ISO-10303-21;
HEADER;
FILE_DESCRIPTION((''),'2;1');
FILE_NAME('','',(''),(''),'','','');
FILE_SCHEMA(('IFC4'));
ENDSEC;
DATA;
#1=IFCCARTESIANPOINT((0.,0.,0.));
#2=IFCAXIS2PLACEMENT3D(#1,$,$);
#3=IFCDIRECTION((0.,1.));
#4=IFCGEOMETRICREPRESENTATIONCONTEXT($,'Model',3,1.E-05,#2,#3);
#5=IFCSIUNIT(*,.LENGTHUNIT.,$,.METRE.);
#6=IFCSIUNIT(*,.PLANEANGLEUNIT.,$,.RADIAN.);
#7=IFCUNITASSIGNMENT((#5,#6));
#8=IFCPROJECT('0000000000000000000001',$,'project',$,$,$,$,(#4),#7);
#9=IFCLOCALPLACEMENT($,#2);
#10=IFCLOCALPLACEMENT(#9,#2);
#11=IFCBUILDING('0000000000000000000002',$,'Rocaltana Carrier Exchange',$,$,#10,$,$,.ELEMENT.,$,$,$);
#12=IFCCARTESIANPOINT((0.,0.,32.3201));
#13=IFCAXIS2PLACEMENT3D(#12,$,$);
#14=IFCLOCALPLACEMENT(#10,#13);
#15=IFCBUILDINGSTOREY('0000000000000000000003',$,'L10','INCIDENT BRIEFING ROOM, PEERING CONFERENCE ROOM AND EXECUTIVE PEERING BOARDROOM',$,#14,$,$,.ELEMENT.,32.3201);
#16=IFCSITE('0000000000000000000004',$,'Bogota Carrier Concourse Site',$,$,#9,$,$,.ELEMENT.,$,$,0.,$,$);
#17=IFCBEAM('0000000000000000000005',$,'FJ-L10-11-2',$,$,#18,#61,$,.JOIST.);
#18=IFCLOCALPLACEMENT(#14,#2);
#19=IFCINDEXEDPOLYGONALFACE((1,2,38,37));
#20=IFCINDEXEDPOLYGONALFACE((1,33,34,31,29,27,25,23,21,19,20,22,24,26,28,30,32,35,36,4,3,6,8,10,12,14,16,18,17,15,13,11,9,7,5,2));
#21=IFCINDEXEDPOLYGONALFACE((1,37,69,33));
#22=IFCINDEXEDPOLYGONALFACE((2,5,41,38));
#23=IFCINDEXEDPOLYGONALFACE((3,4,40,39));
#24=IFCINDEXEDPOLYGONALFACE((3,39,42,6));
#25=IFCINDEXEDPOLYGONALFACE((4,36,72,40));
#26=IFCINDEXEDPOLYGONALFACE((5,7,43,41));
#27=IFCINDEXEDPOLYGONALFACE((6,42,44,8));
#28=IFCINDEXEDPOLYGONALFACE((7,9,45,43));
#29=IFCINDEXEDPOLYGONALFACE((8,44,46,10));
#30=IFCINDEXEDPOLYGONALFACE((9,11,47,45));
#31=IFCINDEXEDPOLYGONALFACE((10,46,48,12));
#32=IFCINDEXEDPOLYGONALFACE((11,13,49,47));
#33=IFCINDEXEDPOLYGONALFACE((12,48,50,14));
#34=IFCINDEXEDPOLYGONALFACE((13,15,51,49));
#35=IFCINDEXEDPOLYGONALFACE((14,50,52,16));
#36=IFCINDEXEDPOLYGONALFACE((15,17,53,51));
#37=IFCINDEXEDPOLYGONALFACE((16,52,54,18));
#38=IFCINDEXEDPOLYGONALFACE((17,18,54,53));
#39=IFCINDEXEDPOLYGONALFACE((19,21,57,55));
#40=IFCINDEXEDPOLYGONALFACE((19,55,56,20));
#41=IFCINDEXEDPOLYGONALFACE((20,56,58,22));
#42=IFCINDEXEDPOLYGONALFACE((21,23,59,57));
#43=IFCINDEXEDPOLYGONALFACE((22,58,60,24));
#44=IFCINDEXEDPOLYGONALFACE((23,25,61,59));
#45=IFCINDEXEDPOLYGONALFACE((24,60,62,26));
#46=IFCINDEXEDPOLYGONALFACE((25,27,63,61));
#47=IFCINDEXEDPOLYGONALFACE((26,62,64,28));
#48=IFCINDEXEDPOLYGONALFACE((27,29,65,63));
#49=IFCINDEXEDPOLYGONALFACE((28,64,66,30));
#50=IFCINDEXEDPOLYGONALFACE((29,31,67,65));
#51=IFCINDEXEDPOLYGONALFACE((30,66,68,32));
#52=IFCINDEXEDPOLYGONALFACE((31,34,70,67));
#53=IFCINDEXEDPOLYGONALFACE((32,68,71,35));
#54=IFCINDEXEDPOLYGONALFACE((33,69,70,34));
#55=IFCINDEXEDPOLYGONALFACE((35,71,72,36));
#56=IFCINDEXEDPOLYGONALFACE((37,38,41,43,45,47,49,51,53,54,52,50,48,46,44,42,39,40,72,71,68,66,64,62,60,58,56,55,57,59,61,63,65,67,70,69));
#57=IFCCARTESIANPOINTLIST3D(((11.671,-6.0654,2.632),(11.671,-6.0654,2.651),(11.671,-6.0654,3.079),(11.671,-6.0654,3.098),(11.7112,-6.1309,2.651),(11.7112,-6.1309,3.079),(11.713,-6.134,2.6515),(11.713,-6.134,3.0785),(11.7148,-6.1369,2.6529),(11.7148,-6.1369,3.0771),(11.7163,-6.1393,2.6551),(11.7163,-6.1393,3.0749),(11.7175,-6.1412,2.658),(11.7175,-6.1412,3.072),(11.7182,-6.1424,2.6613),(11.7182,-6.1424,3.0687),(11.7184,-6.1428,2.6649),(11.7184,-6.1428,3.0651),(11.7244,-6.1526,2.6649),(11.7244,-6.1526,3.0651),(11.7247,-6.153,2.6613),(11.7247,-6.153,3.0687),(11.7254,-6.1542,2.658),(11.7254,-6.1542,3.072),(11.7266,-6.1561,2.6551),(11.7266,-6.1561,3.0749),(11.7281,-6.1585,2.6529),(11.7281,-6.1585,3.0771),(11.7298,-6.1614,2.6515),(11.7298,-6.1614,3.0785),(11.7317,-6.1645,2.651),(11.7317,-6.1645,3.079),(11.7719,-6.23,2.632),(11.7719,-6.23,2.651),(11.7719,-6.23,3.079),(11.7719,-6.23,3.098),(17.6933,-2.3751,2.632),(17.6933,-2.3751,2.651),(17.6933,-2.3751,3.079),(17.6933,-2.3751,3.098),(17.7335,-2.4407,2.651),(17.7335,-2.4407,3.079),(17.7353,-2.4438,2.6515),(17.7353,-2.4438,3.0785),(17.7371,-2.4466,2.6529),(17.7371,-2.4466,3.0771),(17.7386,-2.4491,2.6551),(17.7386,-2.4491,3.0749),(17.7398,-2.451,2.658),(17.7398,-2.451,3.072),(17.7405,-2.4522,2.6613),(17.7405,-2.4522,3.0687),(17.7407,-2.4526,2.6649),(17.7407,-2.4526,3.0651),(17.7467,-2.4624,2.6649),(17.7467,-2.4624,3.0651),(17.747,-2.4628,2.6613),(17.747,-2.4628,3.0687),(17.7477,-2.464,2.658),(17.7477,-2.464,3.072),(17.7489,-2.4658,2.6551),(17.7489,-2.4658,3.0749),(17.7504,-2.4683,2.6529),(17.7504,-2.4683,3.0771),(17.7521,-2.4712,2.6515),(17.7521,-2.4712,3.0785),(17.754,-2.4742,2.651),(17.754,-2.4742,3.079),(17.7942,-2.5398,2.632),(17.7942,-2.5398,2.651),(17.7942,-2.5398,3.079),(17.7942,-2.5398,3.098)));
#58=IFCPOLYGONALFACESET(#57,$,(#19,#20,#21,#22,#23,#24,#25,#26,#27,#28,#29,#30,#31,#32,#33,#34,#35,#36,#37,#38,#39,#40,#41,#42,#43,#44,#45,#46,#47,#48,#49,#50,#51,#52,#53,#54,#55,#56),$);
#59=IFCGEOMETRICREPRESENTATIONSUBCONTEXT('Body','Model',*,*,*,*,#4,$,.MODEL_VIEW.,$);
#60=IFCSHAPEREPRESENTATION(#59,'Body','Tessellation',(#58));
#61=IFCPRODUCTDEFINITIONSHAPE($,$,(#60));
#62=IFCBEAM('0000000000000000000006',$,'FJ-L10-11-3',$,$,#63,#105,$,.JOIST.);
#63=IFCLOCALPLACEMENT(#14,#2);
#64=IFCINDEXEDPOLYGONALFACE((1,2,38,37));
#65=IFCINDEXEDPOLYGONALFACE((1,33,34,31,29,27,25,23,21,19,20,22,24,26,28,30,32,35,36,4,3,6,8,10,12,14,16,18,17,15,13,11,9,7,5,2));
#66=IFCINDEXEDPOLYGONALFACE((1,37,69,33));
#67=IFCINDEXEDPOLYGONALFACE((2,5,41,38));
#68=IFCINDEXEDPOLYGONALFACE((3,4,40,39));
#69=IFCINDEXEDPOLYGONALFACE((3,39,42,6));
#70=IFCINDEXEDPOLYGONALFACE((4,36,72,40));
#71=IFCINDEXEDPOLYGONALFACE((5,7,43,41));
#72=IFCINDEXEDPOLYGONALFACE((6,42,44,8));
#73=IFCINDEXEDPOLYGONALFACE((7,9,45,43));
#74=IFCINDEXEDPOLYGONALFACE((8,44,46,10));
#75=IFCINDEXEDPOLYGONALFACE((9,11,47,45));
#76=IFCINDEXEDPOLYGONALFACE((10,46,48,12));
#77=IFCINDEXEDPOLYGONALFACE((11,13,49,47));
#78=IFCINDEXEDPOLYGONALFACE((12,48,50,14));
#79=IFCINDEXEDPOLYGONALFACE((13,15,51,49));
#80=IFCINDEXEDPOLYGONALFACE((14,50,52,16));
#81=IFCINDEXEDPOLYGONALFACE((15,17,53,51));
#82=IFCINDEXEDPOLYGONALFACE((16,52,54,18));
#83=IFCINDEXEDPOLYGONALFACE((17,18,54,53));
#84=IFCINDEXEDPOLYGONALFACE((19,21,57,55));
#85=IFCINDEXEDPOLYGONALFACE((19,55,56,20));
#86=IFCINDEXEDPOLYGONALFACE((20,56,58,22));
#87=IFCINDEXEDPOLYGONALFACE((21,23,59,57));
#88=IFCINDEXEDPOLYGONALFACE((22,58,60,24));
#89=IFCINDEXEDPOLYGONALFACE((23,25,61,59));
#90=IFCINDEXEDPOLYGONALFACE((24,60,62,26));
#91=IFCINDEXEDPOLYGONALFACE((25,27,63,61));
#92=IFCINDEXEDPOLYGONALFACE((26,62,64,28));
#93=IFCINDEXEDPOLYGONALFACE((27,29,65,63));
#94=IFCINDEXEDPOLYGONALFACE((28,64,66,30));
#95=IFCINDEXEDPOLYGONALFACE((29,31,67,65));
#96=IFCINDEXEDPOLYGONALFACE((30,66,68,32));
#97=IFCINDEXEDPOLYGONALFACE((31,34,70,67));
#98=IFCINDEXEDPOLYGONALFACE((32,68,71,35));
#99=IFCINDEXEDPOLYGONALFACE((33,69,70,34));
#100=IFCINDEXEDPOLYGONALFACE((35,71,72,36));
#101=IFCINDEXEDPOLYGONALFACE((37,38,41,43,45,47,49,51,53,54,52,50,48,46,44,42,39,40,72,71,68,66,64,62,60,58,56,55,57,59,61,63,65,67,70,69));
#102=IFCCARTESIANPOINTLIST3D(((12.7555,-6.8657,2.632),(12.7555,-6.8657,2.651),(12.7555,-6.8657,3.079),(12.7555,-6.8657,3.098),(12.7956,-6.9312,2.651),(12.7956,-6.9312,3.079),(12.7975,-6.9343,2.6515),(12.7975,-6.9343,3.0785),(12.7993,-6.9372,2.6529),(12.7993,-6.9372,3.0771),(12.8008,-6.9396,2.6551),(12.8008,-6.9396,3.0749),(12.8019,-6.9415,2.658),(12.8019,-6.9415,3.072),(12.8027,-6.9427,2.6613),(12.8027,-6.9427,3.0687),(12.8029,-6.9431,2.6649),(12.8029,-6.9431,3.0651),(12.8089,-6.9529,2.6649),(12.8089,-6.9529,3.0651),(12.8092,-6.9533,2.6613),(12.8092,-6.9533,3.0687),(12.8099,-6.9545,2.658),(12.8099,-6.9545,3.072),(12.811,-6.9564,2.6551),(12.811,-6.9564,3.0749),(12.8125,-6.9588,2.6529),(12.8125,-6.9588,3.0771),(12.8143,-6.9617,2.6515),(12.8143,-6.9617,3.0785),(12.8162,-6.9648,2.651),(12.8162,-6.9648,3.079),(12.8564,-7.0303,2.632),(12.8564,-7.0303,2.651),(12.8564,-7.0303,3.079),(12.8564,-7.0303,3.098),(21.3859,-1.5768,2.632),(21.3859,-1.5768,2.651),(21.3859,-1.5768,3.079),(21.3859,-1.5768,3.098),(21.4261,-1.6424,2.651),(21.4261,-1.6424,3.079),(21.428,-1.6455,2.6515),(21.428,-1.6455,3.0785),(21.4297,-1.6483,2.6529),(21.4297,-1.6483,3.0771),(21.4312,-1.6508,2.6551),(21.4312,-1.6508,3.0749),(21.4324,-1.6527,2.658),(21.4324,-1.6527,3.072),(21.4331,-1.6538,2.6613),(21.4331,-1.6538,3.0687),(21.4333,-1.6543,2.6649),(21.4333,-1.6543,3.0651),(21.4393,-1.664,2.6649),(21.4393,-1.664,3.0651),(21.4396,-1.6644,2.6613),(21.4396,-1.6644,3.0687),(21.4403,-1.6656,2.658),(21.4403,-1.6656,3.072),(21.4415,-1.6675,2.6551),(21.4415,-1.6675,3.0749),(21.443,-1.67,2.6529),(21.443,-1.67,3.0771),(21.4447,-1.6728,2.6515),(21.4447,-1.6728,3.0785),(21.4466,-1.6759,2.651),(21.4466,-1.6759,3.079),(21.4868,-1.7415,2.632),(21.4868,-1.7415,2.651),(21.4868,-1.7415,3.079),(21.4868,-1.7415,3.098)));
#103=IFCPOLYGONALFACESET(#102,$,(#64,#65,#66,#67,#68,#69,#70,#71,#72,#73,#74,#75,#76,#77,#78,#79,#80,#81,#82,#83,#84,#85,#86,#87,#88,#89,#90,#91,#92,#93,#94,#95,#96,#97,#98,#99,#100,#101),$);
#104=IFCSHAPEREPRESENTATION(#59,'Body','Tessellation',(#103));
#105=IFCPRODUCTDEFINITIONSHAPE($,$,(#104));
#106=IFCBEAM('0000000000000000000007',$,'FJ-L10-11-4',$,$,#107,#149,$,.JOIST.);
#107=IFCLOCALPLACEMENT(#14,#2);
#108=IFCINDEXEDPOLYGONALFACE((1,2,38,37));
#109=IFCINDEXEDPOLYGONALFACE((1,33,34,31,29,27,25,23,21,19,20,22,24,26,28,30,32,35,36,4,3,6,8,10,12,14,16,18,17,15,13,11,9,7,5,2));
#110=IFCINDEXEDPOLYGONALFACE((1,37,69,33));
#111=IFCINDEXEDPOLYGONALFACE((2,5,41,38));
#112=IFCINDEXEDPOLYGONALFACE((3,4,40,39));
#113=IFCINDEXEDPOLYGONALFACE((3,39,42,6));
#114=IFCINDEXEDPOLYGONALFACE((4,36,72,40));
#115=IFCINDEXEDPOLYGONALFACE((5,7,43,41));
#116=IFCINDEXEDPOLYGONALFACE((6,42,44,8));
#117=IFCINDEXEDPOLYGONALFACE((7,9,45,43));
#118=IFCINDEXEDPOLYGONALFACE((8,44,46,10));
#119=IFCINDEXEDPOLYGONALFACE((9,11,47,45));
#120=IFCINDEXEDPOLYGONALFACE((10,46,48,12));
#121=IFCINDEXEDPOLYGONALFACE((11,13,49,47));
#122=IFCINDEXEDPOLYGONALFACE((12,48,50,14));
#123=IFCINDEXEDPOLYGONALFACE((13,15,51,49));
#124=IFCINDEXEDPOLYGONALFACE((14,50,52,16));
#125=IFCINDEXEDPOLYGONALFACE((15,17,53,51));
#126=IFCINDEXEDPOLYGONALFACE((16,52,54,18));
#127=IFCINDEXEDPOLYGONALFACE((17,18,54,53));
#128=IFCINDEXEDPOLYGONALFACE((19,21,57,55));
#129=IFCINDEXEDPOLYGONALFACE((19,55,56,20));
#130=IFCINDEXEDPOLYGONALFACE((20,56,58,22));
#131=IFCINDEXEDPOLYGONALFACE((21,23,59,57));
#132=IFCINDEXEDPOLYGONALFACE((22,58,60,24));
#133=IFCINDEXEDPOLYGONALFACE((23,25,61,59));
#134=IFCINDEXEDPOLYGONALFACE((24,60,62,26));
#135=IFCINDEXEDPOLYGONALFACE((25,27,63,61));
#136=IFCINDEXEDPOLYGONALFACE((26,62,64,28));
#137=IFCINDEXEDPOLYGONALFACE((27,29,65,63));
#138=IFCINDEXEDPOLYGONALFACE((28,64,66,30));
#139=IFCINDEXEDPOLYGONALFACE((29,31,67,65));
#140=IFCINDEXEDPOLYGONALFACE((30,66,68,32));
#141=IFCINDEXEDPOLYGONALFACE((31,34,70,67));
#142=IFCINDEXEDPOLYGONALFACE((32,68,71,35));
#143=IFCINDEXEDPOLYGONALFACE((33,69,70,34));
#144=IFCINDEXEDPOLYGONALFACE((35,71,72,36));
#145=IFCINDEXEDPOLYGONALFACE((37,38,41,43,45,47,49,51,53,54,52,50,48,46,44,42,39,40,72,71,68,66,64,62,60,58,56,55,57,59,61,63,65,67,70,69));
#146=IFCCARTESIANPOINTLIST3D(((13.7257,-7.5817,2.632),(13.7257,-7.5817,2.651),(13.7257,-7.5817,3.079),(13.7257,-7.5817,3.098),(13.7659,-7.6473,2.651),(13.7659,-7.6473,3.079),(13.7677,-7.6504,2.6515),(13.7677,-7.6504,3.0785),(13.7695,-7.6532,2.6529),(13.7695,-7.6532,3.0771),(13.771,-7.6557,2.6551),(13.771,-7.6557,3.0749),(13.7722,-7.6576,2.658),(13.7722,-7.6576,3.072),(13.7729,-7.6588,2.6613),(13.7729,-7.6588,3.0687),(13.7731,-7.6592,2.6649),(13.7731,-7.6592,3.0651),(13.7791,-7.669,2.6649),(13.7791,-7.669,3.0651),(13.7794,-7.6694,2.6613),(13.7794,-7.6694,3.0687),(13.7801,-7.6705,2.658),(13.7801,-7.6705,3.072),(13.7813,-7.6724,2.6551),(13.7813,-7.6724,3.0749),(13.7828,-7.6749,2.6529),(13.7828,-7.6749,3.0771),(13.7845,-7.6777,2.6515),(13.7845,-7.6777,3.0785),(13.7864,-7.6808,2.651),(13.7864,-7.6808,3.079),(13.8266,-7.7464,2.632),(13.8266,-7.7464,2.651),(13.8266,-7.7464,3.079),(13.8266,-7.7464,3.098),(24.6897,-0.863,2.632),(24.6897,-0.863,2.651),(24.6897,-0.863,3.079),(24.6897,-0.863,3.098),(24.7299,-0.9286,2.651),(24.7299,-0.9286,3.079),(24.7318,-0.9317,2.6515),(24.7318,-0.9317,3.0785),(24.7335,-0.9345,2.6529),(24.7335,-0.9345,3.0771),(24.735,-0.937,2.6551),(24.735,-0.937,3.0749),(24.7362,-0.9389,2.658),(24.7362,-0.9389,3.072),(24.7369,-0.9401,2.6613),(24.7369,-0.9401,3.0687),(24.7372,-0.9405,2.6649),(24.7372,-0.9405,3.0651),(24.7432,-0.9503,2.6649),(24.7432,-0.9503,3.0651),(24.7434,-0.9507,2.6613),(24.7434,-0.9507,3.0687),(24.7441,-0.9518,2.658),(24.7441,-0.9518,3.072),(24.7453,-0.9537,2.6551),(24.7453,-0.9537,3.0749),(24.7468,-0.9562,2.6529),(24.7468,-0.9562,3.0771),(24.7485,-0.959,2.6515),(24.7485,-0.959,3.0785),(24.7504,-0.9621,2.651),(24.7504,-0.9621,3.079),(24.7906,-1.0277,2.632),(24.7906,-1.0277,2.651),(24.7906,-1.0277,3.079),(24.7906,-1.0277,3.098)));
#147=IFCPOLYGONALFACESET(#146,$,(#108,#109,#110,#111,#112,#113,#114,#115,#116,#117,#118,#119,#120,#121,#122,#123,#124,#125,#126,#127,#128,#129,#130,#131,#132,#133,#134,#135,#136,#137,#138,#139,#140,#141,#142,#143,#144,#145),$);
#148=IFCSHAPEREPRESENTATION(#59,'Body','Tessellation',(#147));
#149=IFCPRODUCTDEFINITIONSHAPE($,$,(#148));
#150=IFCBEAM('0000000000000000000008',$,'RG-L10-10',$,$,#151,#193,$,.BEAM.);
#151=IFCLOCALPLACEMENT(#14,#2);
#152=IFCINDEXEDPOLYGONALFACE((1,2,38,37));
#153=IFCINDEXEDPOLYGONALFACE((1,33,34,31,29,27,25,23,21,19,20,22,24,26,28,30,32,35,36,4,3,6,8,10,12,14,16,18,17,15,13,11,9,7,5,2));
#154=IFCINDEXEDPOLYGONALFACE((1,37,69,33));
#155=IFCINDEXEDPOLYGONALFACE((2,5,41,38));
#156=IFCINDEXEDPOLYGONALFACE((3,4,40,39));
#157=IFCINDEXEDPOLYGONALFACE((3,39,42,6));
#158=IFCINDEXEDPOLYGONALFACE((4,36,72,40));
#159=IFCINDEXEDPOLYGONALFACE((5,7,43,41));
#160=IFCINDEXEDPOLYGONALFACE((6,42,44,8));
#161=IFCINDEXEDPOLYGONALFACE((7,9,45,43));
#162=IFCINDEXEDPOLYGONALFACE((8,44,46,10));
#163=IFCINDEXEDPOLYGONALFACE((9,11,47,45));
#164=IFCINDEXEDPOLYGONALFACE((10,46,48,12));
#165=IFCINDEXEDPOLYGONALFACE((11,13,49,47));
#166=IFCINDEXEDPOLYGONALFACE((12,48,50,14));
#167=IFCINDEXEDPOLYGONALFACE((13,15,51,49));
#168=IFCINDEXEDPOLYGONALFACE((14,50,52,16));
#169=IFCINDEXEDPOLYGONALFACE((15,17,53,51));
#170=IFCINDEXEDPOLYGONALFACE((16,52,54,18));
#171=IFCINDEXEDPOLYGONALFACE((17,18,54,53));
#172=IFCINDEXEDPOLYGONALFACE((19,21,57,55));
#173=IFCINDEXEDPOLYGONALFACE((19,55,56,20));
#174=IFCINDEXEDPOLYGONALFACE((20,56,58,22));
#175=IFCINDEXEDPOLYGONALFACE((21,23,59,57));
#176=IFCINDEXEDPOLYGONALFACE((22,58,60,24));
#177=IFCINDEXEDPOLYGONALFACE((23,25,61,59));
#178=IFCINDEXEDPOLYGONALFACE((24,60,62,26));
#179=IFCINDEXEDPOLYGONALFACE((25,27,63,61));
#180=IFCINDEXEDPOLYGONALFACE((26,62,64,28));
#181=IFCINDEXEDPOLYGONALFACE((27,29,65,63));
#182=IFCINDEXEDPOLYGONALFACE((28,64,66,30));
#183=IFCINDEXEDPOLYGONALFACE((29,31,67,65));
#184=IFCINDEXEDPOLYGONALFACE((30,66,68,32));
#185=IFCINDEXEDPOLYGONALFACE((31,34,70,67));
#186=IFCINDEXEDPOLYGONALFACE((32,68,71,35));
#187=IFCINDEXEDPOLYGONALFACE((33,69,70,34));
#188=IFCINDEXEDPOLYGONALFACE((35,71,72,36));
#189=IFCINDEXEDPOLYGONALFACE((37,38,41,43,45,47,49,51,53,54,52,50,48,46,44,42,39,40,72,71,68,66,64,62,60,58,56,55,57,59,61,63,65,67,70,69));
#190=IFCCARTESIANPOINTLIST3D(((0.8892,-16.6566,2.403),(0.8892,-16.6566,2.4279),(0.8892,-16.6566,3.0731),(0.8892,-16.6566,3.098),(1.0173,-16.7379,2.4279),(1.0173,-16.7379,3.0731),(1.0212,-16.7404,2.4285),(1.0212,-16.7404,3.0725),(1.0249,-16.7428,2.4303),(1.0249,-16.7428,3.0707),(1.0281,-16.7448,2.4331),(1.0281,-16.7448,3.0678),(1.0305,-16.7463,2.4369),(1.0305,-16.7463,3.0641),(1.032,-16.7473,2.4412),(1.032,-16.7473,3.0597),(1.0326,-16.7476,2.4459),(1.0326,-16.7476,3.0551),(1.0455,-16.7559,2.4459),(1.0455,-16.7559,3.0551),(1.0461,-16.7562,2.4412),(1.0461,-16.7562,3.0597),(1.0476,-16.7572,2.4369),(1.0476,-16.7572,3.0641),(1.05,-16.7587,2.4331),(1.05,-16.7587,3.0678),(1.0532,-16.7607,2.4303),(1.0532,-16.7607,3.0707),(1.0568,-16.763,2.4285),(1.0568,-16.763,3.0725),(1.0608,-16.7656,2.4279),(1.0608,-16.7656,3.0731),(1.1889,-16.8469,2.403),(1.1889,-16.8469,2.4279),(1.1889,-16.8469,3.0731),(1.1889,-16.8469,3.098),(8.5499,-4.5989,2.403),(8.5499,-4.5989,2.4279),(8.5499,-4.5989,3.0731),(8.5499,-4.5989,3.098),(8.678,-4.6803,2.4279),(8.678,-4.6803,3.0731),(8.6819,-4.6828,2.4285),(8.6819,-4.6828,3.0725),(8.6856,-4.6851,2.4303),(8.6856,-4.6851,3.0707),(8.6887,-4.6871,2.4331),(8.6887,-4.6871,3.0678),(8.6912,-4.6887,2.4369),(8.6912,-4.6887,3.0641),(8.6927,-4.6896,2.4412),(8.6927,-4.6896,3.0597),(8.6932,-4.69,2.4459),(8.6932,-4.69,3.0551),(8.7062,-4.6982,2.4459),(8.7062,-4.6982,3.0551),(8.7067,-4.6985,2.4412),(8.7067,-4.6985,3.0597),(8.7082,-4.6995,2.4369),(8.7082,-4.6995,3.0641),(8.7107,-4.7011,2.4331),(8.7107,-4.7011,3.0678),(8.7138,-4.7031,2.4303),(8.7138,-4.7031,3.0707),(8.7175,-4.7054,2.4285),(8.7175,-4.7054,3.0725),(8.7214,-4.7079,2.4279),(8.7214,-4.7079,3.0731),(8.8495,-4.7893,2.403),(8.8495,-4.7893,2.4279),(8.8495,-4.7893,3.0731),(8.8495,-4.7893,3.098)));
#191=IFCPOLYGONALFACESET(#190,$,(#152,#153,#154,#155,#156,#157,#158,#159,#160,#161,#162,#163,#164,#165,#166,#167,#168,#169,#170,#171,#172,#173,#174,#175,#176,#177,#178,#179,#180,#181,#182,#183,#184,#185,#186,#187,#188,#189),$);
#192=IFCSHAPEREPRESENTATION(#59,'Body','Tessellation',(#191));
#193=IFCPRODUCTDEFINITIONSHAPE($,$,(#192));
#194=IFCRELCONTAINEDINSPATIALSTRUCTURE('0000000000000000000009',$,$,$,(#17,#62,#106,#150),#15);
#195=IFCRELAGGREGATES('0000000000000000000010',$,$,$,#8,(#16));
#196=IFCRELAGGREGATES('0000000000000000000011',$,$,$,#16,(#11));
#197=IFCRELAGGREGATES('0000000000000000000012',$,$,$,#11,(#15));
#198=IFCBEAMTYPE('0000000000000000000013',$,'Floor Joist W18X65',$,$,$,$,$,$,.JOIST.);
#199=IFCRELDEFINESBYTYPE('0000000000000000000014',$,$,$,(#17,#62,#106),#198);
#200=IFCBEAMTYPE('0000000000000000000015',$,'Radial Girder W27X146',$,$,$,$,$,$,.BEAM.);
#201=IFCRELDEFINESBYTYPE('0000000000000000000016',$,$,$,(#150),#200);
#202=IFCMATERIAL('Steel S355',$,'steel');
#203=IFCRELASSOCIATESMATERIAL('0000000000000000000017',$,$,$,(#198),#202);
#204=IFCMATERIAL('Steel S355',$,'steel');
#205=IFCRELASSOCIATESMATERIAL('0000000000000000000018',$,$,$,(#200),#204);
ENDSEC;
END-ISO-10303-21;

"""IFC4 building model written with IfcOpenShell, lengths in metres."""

from ifc_helpers import new_model, si_unit, direction, frame, origin, origin_2d, place, context, subcontext, project, spatial, i_section, extrude, material, material_profile, profile_set, type_object, element, save


model = new_model("IFC4")

# Units and contexts
model_context = context("Model", 3, precision=1e-05, world=origin(), true_north=direction((0.0, 1.0)))
body_context = subcontext(model_context, "Body", "Model", "MODEL_VIEW")
ifc_project = project(units=[si_unit("LENGTHUNIT", "METRE"), si_unit("PLANEANGLEUNIT", "RADIAN")], contexts=[model_context])

# Site, building, storey
site_placement = place(None, origin())
site = spatial("IfcSite", under=ifc_project, at=site_placement, Name="Bogota Carrier Concourse Site", CompositionType="ELEMENT", RefElevation=0.0)
building_placement = place(site_placement, origin())
building = spatial("IfcBuilding", under=site, at=building_placement, Name="Rocaltana Carrier Exchange", CompositionType="ELEMENT")
storey_placement = place(building_placement, frame((0.0, 0.0, 32.3201)))
storey = spatial("IfcBuildingStorey", under=building, at=storey_placement, Name="L10", Description="INCIDENT BRIEFING ROOM, PEERING CONFERENCE ROOM AND EXECUTIVE PEERING BOARDROOM", CompositionType="ELEMENT", Elevation=32.3201)

# Beams
ifc_material_1 = material(Name="Steel S355", Category="steel")
ifc_material_profile_1 = material_profile(ifc_material_1, i_section(OverallWidth=0.1931, OverallDepth=0.4661, WebThickness=0.0115, FlangeThickness=0.019, FilletRadius=0.0139, at=origin_2d()), Name="W18X65")
ifc_profile_set_1 = profile_set([ifc_material_profile_1], Name="Steel S355")
beam_type_1 = type_object("IfcBeamType", Name="Floor Joist W18X65", PredefinedType="JOIST", material=ifc_profile_set_1)
beam_1_placement = place(storey_placement, frame((11.7214, -6.1477, 2.865), z_axis=(0.852655, 0.522475, 0.0), x_axis=(-0.522475, 0.852655, 0.0)))
element("IfcBeam", 1, at=beam_1_placement, inside=storey, type_object=beam_type_1, Name="FJ-L10-11-2", PredefinedType="JOIST", context=body_context, shape_type="SweptSolid", body=[
    extrude(i_section(OverallWidth=0.1931, OverallDepth=0.4661, WebThickness=0.0115, FlangeThickness=0.019, FilletRadius=0.0139, at=origin_2d()), origin(), (0.0, 0.0, 1.0), 7.063),
])
beam_2_placement = place(storey_placement, frame((12.8059, -6.948, 2.865), z_axis=(0.852635, 0.522507, 0.0), x_axis=(-0.522507, 0.852635, 0.0)))
element("IfcBeam", 2, at=beam_2_placement, inside=storey, type_object=beam_type_1, Name="FJ-L10-11-3", PredefinedType="JOIST", context=body_context, shape_type="SweptSolid", body=[
    extrude(i_section(OverallWidth=0.1931, OverallDepth=0.4661, WebThickness=0.0115, FlangeThickness=0.019, FilletRadius=0.0139, at=origin_2d()), origin(), (0.0, 0.0, 1.0), 10.1221),
])
beam_3_placement = place(storey_placement, frame((13.7761, -7.6641, 2.865), z_axis=(0.852642, 0.522495, 0.0), x_axis=(-0.522495, 0.852642, 0.0)))
element("IfcBeam", 3, at=beam_3_placement, inside=storey, type_object=beam_type_1, Name="FJ-L10-11-4", PredefinedType="JOIST", context=body_context, shape_type="SweptSolid", body=[
    extrude(i_section(OverallWidth=0.1931, OverallDepth=0.4661, WebThickness=0.0115, FlangeThickness=0.019, FilletRadius=0.0139, at=origin_2d()), origin(), (0.0, 0.0, 1.0), 12.8589),
])
ifc_material_2 = material(Name="Steel S355", Category="steel")
ifc_material_profile_2 = material_profile(ifc_material_2, i_section(OverallWidth=0.355, OverallDepth=0.6951, WebThickness=0.0154, FlangeThickness=0.0249, FilletRadius=0.0181, at=origin_2d()), Name="W27X146")
ifc_profile_set_2 = profile_set([ifc_material_profile_2], Name="Steel S355")
beam_type_2 = type_object("IfcBeamType", Name="Radial Girder W27X146", PredefinedType="BEAM", material=ifc_profile_set_2)
beam_4_placement = place(storey_placement, frame((8.6997, -4.6941, 2.7505), z_axis=(-0.536258, -0.844054, 0.0), x_axis=(0.844054, -0.536258, 0.0)))
element("IfcBeam", 4, at=beam_4_placement, inside=storey, type_object=beam_type_2, Name="RG-L10-10", PredefinedType="BEAM", context=body_context, shape_type="SweptSolid", body=[
    extrude(i_section(OverallWidth=0.355, OverallDepth=0.6951, WebThickness=0.0154, FlangeThickness=0.0249, FilletRadius=0.0181, at=origin_2d()), origin(), (0.0, 0.0, 1.0), 14.2854),
])

save(model, "model.ifc")
